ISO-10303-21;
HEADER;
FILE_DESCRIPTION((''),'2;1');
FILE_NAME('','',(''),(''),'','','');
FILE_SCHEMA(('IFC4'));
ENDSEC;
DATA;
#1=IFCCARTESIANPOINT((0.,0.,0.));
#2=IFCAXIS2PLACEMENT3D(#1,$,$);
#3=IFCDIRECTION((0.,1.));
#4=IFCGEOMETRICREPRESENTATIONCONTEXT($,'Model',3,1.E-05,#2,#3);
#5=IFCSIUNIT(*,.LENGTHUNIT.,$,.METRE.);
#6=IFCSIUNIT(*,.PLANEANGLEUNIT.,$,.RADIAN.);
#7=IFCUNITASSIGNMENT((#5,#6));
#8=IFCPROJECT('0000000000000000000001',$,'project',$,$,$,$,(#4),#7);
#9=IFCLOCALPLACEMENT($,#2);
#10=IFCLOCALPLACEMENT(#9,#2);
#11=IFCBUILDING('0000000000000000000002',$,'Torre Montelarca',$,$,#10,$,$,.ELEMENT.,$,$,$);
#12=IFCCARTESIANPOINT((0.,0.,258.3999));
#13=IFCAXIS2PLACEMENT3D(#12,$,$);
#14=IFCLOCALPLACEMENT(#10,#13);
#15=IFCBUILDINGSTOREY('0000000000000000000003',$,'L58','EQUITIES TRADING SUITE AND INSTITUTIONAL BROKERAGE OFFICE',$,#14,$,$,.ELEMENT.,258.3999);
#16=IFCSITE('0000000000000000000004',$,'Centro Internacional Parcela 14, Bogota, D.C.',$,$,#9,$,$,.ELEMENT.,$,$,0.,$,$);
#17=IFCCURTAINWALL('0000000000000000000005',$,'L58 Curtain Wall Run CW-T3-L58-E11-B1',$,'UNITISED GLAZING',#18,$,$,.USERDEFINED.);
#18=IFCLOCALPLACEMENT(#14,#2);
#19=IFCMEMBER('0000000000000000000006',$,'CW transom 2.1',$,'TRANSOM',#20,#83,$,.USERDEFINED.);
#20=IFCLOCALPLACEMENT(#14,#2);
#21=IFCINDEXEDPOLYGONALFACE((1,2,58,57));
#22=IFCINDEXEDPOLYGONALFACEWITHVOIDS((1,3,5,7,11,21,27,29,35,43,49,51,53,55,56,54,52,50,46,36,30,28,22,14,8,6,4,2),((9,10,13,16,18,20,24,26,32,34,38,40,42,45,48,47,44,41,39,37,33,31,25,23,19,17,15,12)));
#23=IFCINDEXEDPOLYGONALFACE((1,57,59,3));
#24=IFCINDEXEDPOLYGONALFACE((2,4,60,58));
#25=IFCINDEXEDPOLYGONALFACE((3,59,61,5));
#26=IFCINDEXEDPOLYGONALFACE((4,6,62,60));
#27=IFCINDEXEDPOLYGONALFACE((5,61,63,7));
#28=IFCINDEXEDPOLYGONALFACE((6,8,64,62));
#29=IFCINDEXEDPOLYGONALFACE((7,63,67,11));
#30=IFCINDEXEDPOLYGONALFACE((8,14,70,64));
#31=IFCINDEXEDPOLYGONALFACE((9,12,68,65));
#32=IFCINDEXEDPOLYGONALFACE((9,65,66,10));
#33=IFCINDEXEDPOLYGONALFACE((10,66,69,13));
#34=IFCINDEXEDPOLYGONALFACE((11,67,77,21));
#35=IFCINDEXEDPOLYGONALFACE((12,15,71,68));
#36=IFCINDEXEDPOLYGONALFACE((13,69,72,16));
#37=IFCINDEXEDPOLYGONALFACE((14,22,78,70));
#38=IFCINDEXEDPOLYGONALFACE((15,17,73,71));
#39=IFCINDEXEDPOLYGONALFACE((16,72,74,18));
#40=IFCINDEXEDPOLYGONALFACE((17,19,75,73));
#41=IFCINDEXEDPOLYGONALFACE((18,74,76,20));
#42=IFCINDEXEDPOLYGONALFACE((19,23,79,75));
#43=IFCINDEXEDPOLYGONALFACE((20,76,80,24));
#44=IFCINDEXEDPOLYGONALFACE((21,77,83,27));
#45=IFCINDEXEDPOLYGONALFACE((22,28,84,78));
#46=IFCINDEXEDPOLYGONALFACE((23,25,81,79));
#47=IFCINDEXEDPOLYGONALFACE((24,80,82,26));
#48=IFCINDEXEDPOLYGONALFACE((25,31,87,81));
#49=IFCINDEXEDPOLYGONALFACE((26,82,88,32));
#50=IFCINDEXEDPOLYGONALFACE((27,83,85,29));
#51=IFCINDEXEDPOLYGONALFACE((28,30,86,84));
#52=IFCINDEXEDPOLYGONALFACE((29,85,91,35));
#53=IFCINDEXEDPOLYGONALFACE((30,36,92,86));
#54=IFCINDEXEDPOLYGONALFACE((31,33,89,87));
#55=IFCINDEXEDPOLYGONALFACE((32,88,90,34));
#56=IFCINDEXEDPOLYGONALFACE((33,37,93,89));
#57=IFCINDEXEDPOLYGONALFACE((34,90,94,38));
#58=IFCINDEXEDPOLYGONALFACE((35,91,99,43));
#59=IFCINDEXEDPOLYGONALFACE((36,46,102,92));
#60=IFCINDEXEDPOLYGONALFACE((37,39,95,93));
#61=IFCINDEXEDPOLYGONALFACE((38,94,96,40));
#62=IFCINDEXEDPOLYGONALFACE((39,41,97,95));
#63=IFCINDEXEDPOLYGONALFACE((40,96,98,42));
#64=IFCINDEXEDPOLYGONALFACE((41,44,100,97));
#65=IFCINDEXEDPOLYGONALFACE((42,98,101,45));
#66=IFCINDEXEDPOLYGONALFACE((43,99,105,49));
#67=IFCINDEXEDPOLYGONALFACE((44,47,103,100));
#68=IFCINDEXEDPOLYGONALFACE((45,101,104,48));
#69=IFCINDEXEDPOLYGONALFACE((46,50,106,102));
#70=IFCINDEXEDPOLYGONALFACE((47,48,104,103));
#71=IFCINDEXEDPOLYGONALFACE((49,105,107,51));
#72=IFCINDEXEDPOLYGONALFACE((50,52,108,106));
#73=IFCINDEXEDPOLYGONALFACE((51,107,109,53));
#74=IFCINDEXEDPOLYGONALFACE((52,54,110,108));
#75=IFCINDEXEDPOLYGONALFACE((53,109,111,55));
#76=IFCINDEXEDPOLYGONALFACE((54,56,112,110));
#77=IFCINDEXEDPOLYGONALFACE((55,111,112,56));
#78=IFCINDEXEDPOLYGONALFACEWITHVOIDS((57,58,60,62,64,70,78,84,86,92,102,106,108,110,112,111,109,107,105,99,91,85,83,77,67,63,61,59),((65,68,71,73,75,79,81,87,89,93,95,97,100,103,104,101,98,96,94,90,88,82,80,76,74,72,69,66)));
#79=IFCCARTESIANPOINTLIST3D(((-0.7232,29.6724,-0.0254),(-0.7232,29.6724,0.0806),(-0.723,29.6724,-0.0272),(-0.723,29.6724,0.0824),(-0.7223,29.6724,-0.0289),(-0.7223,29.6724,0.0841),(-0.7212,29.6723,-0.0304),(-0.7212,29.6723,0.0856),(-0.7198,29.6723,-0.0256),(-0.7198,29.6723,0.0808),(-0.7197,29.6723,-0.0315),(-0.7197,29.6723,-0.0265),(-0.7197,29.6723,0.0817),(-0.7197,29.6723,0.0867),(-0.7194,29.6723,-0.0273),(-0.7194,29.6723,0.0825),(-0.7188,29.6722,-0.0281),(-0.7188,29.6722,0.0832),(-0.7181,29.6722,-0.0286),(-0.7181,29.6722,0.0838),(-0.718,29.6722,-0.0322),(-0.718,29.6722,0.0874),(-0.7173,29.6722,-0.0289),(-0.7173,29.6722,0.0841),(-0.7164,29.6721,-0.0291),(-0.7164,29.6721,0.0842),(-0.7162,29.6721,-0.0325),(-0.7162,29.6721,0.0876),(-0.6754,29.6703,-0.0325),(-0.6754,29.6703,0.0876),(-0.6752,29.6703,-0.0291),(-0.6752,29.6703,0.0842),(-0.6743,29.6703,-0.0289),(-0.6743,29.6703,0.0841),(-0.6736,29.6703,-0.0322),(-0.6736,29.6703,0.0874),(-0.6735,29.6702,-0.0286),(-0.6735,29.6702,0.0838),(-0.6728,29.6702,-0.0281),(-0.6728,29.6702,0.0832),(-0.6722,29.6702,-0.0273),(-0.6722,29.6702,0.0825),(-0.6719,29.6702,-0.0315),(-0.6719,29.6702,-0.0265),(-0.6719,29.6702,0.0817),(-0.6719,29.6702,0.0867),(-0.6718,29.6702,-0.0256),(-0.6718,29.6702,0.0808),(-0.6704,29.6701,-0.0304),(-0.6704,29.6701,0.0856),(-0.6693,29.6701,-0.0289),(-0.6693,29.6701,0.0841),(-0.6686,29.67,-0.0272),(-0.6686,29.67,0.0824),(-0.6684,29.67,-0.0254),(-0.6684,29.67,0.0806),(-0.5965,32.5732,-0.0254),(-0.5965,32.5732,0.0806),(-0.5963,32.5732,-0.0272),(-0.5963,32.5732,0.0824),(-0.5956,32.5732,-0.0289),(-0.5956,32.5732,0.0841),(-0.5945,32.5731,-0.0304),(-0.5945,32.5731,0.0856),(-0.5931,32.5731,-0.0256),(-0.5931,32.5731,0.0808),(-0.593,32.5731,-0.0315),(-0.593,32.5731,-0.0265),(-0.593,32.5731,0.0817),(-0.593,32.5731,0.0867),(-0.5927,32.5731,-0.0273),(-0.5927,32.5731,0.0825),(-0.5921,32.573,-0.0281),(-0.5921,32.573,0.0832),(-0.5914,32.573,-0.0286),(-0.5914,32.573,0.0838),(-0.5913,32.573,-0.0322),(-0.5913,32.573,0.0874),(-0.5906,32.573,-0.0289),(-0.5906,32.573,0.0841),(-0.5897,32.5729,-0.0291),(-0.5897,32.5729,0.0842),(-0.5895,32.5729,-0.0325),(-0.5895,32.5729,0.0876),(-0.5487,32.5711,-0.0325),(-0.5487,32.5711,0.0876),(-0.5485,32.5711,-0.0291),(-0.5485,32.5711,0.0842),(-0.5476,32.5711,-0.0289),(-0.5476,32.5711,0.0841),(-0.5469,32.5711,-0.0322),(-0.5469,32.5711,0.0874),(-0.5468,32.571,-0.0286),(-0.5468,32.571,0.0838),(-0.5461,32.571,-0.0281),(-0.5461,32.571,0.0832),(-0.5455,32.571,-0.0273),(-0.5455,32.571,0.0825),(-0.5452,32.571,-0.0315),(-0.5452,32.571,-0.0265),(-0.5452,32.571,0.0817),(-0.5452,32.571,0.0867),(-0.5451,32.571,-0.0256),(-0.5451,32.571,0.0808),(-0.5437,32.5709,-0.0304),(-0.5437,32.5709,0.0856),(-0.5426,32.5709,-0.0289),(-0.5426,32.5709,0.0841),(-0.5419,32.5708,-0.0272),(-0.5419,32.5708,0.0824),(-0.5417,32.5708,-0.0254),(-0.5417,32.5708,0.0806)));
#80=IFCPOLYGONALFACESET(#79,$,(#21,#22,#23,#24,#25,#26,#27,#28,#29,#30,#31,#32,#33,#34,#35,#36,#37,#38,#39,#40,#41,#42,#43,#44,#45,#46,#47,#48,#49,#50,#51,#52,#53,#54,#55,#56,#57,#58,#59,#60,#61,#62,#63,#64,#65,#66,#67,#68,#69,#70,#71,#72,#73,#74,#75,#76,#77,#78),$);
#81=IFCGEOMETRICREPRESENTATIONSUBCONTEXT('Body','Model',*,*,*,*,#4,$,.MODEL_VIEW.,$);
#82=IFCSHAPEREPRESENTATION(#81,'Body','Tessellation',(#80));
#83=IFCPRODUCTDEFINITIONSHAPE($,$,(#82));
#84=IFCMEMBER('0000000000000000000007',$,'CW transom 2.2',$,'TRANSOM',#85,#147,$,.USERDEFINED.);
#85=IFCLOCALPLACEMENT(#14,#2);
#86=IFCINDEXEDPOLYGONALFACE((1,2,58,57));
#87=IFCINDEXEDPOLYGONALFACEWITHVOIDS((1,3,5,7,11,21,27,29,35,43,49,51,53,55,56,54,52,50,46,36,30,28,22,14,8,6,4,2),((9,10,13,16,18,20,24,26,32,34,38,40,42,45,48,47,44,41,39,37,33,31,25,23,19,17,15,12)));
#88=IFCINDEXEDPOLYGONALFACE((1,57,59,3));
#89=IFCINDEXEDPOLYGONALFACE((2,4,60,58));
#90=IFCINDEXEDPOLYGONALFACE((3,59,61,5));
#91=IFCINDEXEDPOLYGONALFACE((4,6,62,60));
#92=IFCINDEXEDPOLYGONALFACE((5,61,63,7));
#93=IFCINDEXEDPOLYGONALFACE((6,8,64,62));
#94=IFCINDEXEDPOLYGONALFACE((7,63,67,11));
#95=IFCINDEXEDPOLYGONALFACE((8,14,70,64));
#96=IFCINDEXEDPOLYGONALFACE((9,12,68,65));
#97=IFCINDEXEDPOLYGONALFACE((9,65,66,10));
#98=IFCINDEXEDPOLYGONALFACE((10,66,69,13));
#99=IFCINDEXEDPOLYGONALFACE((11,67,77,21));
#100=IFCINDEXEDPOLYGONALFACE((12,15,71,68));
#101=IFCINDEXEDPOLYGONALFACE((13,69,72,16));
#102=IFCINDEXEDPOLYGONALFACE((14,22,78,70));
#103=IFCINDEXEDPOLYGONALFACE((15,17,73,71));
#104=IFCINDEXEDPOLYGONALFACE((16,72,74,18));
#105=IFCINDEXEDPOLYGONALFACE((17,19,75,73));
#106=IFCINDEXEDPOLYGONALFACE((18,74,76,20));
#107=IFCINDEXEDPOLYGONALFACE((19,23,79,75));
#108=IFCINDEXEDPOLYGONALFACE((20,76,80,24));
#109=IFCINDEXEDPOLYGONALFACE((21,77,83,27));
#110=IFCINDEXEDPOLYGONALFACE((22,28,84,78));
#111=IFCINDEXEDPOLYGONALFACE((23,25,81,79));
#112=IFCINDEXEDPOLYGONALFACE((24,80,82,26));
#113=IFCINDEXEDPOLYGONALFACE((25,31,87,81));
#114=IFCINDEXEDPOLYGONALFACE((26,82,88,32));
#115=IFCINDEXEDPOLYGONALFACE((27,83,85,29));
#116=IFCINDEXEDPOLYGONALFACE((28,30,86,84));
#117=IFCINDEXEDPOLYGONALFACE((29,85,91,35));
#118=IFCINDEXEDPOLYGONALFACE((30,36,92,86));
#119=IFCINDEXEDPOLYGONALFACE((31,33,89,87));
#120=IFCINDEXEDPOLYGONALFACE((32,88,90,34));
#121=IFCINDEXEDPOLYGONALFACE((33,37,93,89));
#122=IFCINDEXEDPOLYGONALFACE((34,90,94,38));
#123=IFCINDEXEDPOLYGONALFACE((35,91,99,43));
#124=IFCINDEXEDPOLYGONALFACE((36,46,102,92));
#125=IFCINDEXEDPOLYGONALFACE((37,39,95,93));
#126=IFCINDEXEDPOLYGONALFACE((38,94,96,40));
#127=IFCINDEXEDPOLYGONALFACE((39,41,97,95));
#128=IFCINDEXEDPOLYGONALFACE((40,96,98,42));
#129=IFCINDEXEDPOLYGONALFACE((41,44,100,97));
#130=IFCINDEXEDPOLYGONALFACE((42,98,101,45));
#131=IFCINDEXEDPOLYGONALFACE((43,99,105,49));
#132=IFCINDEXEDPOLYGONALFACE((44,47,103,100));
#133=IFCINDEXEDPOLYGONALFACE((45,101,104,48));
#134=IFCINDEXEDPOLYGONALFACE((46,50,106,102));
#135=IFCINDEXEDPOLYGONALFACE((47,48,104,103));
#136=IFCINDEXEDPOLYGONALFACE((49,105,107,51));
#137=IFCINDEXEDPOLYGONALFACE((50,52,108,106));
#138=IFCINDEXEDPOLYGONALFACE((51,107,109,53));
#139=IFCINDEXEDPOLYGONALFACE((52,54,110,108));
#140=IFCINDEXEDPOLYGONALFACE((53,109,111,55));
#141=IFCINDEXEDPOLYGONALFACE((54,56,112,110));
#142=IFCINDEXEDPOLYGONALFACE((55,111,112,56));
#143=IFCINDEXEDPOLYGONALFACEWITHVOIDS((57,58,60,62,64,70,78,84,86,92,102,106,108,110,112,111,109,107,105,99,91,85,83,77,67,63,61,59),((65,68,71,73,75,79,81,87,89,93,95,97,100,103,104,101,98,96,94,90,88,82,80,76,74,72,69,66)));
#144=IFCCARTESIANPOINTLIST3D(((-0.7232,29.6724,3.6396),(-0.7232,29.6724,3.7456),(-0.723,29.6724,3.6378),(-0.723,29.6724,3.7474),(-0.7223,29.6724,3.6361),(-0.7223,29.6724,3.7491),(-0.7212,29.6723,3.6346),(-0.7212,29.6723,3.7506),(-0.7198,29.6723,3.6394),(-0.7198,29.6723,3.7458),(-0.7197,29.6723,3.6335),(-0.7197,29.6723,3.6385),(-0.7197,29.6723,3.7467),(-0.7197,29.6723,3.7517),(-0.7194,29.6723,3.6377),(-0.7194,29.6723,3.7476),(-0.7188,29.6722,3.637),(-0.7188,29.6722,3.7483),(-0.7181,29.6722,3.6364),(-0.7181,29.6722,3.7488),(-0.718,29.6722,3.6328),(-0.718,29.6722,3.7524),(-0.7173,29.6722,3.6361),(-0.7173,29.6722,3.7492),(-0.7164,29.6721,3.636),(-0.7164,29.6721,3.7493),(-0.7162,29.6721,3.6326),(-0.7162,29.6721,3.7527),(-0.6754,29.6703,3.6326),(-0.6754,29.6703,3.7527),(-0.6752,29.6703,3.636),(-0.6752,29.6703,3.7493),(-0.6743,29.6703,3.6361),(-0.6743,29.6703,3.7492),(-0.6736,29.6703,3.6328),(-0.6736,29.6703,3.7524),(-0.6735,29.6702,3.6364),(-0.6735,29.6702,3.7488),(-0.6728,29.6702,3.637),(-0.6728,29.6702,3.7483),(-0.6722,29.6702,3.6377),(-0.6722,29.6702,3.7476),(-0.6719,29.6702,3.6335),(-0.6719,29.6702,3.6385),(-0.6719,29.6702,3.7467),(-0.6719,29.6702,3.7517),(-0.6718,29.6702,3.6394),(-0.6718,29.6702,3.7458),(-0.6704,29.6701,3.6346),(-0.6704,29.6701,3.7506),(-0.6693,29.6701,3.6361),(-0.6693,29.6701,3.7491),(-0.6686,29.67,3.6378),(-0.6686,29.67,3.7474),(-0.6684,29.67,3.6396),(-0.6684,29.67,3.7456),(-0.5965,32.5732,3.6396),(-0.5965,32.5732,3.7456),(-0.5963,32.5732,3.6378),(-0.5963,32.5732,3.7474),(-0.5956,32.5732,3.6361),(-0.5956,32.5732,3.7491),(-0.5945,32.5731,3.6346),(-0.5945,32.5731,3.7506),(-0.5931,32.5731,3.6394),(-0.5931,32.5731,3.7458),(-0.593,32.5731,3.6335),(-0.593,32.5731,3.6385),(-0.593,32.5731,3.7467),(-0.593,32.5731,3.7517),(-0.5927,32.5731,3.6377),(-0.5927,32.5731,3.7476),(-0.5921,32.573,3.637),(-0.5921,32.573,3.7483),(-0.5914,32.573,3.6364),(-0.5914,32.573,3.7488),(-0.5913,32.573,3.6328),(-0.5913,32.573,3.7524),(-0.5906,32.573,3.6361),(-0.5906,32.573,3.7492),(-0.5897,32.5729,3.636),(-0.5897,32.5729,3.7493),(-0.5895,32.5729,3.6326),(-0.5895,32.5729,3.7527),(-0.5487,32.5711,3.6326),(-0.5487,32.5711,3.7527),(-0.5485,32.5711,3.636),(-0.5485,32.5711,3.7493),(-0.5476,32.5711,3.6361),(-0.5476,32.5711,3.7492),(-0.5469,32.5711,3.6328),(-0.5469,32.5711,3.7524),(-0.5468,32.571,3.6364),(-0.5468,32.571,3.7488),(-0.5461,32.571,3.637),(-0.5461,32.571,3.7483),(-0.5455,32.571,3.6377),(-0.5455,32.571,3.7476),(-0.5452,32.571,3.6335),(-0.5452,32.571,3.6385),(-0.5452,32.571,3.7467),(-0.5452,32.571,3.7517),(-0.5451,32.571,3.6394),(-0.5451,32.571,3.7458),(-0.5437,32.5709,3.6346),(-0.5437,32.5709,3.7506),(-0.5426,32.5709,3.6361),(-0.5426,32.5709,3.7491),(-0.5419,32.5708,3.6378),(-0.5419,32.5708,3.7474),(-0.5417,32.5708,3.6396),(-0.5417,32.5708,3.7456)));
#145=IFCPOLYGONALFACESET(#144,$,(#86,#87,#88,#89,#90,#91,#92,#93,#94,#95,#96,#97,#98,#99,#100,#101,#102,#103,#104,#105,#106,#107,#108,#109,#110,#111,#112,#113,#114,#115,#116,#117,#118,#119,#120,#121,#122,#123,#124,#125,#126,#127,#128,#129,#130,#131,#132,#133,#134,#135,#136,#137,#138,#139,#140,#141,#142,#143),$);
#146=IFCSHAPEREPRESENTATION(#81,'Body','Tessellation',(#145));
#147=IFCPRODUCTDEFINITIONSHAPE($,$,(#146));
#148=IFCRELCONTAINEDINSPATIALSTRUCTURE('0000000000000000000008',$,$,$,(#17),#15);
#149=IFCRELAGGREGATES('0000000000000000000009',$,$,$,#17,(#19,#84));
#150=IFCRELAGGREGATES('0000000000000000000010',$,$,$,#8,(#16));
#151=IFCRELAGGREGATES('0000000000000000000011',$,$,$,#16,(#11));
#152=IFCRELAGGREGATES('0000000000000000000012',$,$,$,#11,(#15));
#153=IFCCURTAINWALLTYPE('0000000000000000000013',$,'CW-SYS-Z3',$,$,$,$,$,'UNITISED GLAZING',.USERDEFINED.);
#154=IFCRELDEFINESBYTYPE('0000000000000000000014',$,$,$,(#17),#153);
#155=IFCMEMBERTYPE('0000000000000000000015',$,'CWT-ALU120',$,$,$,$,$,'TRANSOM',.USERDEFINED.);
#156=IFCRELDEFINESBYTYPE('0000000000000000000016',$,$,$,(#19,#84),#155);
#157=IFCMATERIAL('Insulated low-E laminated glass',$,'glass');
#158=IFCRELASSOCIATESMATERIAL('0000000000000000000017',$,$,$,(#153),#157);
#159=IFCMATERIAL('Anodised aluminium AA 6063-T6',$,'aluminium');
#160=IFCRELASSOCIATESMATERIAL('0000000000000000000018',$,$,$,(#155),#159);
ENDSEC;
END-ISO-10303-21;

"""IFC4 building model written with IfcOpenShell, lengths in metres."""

from ifc_helpers import new_model, si_unit, direction, frame, origin, origin_2d, place, context, subcontext, project, spatial, hollow_rectangle, extrude, source, transform, mapped, material, material_profile, profile_set, type_object, element, aggregate, save


model = new_model("IFC4")

# Units and contexts
model_context = context("Model", 3, precision=1e-05, world=origin(), true_north=direction((0.0, 1.0)))
body_context = subcontext(model_context, "Body", "Model", "MODEL_VIEW")
ifc_project = project(units=[si_unit("LENGTHUNIT", "METRE"), si_unit("PLANEANGLEUNIT", "RADIAN")], contexts=[model_context])

# Site, building, storey
site_placement = place(None, origin())
site = spatial("IfcSite", under=ifc_project, at=site_placement, Name="Centro Internacional Parcela 14, Bogota, D.C.", CompositionType="ELEMENT", RefElevation=0.0)
building_placement = place(site_placement, origin())
building = spatial("IfcBuilding", under=site, at=building_placement, Name="Torre Montelarca", CompositionType="ELEMENT")
storey_placement = place(building_placement, frame((0.0, 0.0, 258.3999)))
storey = spatial("IfcBuildingStorey", under=building, at=storey_placement, Name="L58", Description="EQUITIES TRADING SUITE AND INSTITUTIONAL BROKERAGE OFFICE", CompositionType="ELEMENT", Elevation=258.3999)

# Curtain wall, members
ifc_material_1 = material(Name="Insulated low-E laminated glass", Category="glass")
curtain_wall_type = type_object("IfcCurtainWallType", Name="CW-SYS-Z3", ElementType="UNITISED GLAZING", PredefinedType="USERDEFINED", material=ifc_material_1)
curtain_wall_placement = place(storey_placement, origin())
curtain_wall = element("IfcCurtainWall", 1, at=curtain_wall_placement, inside=storey, type_object=curtain_wall_type, Name="L58 Curtain Wall Run CW-T3-L58-E11-B1", ObjectType="UNITISED GLAZING", PredefinedType="USERDEFINED")
ifc_material_2 = material(Name="Anodised aluminium AA 6063-T6", Category="aluminium")
ifc_material_profile_1 = material_profile(ifc_material_2, hollow_rectangle(XDim=0.0549, YDim=0.1201, WallThickness=0.0034, InnerFilletRadius=0.0034, OuterFilletRadius=0.0071, at=origin_2d()), Name="ALU55X120X3.5", Category="aluminium")
ifc_profile_set_1 = profile_set([ifc_material_profile_1], Name="Anodised aluminium AA 6063-T6")
member_type_1 = type_object("IfcMemberType", Name="CWT-ALU120", ElementType="TRANSOM", PredefinedType="USERDEFINED", material=ifc_profile_set_1)
shared_shape_1 = source(origin(), body_context, "Body", "SweptSolid", [
    extrude(hollow_rectangle(XDim=0.0549, YDim=0.1201, WallThickness=0.0034, InnerFilletRadius=0.0034, OuterFilletRadius=0.0071, at=origin_2d()), origin(), (0.0, 0.0, 1.0), 2.9036),
])
member_1_placement = place(storey_placement, frame((-0.5691, 32.572, 0.0276), z_axis=(-0.043638, -0.999047, 0.0), x_axis=(0.999047, -0.043638, 0.0)))
member_1 = element("IfcMember", 2, at=member_1_placement, type_object=member_type_1, Name="CW transom 2.1", ObjectType="TRANSOM", PredefinedType="USERDEFINED", context=body_context, shape_type="MappedRepresentation", body=[
    mapped(shared_shape_1, transform((0.0, 0.0, 0.0), scale=1.0)),
])
member_2_placement = place(storey_placement, frame((-0.5691, 32.572, 3.6926), z_axis=(-0.043638, -0.999047, 0.0), x_axis=(0.999047, -0.043638, 0.0)))
member_2 = element("IfcMember", 3, at=member_2_placement, type_object=member_type_1, Name="CW transom 2.2", ObjectType="TRANSOM", PredefinedType="USERDEFINED", context=body_context, shape_type="MappedRepresentation", body=[
    mapped(shared_shape_1, transform((0.0, 0.0, 0.0), scale=1.0)),
])
aggregate(curtain_wall, [member_1, member_2])

save(model, "model.ifc")
